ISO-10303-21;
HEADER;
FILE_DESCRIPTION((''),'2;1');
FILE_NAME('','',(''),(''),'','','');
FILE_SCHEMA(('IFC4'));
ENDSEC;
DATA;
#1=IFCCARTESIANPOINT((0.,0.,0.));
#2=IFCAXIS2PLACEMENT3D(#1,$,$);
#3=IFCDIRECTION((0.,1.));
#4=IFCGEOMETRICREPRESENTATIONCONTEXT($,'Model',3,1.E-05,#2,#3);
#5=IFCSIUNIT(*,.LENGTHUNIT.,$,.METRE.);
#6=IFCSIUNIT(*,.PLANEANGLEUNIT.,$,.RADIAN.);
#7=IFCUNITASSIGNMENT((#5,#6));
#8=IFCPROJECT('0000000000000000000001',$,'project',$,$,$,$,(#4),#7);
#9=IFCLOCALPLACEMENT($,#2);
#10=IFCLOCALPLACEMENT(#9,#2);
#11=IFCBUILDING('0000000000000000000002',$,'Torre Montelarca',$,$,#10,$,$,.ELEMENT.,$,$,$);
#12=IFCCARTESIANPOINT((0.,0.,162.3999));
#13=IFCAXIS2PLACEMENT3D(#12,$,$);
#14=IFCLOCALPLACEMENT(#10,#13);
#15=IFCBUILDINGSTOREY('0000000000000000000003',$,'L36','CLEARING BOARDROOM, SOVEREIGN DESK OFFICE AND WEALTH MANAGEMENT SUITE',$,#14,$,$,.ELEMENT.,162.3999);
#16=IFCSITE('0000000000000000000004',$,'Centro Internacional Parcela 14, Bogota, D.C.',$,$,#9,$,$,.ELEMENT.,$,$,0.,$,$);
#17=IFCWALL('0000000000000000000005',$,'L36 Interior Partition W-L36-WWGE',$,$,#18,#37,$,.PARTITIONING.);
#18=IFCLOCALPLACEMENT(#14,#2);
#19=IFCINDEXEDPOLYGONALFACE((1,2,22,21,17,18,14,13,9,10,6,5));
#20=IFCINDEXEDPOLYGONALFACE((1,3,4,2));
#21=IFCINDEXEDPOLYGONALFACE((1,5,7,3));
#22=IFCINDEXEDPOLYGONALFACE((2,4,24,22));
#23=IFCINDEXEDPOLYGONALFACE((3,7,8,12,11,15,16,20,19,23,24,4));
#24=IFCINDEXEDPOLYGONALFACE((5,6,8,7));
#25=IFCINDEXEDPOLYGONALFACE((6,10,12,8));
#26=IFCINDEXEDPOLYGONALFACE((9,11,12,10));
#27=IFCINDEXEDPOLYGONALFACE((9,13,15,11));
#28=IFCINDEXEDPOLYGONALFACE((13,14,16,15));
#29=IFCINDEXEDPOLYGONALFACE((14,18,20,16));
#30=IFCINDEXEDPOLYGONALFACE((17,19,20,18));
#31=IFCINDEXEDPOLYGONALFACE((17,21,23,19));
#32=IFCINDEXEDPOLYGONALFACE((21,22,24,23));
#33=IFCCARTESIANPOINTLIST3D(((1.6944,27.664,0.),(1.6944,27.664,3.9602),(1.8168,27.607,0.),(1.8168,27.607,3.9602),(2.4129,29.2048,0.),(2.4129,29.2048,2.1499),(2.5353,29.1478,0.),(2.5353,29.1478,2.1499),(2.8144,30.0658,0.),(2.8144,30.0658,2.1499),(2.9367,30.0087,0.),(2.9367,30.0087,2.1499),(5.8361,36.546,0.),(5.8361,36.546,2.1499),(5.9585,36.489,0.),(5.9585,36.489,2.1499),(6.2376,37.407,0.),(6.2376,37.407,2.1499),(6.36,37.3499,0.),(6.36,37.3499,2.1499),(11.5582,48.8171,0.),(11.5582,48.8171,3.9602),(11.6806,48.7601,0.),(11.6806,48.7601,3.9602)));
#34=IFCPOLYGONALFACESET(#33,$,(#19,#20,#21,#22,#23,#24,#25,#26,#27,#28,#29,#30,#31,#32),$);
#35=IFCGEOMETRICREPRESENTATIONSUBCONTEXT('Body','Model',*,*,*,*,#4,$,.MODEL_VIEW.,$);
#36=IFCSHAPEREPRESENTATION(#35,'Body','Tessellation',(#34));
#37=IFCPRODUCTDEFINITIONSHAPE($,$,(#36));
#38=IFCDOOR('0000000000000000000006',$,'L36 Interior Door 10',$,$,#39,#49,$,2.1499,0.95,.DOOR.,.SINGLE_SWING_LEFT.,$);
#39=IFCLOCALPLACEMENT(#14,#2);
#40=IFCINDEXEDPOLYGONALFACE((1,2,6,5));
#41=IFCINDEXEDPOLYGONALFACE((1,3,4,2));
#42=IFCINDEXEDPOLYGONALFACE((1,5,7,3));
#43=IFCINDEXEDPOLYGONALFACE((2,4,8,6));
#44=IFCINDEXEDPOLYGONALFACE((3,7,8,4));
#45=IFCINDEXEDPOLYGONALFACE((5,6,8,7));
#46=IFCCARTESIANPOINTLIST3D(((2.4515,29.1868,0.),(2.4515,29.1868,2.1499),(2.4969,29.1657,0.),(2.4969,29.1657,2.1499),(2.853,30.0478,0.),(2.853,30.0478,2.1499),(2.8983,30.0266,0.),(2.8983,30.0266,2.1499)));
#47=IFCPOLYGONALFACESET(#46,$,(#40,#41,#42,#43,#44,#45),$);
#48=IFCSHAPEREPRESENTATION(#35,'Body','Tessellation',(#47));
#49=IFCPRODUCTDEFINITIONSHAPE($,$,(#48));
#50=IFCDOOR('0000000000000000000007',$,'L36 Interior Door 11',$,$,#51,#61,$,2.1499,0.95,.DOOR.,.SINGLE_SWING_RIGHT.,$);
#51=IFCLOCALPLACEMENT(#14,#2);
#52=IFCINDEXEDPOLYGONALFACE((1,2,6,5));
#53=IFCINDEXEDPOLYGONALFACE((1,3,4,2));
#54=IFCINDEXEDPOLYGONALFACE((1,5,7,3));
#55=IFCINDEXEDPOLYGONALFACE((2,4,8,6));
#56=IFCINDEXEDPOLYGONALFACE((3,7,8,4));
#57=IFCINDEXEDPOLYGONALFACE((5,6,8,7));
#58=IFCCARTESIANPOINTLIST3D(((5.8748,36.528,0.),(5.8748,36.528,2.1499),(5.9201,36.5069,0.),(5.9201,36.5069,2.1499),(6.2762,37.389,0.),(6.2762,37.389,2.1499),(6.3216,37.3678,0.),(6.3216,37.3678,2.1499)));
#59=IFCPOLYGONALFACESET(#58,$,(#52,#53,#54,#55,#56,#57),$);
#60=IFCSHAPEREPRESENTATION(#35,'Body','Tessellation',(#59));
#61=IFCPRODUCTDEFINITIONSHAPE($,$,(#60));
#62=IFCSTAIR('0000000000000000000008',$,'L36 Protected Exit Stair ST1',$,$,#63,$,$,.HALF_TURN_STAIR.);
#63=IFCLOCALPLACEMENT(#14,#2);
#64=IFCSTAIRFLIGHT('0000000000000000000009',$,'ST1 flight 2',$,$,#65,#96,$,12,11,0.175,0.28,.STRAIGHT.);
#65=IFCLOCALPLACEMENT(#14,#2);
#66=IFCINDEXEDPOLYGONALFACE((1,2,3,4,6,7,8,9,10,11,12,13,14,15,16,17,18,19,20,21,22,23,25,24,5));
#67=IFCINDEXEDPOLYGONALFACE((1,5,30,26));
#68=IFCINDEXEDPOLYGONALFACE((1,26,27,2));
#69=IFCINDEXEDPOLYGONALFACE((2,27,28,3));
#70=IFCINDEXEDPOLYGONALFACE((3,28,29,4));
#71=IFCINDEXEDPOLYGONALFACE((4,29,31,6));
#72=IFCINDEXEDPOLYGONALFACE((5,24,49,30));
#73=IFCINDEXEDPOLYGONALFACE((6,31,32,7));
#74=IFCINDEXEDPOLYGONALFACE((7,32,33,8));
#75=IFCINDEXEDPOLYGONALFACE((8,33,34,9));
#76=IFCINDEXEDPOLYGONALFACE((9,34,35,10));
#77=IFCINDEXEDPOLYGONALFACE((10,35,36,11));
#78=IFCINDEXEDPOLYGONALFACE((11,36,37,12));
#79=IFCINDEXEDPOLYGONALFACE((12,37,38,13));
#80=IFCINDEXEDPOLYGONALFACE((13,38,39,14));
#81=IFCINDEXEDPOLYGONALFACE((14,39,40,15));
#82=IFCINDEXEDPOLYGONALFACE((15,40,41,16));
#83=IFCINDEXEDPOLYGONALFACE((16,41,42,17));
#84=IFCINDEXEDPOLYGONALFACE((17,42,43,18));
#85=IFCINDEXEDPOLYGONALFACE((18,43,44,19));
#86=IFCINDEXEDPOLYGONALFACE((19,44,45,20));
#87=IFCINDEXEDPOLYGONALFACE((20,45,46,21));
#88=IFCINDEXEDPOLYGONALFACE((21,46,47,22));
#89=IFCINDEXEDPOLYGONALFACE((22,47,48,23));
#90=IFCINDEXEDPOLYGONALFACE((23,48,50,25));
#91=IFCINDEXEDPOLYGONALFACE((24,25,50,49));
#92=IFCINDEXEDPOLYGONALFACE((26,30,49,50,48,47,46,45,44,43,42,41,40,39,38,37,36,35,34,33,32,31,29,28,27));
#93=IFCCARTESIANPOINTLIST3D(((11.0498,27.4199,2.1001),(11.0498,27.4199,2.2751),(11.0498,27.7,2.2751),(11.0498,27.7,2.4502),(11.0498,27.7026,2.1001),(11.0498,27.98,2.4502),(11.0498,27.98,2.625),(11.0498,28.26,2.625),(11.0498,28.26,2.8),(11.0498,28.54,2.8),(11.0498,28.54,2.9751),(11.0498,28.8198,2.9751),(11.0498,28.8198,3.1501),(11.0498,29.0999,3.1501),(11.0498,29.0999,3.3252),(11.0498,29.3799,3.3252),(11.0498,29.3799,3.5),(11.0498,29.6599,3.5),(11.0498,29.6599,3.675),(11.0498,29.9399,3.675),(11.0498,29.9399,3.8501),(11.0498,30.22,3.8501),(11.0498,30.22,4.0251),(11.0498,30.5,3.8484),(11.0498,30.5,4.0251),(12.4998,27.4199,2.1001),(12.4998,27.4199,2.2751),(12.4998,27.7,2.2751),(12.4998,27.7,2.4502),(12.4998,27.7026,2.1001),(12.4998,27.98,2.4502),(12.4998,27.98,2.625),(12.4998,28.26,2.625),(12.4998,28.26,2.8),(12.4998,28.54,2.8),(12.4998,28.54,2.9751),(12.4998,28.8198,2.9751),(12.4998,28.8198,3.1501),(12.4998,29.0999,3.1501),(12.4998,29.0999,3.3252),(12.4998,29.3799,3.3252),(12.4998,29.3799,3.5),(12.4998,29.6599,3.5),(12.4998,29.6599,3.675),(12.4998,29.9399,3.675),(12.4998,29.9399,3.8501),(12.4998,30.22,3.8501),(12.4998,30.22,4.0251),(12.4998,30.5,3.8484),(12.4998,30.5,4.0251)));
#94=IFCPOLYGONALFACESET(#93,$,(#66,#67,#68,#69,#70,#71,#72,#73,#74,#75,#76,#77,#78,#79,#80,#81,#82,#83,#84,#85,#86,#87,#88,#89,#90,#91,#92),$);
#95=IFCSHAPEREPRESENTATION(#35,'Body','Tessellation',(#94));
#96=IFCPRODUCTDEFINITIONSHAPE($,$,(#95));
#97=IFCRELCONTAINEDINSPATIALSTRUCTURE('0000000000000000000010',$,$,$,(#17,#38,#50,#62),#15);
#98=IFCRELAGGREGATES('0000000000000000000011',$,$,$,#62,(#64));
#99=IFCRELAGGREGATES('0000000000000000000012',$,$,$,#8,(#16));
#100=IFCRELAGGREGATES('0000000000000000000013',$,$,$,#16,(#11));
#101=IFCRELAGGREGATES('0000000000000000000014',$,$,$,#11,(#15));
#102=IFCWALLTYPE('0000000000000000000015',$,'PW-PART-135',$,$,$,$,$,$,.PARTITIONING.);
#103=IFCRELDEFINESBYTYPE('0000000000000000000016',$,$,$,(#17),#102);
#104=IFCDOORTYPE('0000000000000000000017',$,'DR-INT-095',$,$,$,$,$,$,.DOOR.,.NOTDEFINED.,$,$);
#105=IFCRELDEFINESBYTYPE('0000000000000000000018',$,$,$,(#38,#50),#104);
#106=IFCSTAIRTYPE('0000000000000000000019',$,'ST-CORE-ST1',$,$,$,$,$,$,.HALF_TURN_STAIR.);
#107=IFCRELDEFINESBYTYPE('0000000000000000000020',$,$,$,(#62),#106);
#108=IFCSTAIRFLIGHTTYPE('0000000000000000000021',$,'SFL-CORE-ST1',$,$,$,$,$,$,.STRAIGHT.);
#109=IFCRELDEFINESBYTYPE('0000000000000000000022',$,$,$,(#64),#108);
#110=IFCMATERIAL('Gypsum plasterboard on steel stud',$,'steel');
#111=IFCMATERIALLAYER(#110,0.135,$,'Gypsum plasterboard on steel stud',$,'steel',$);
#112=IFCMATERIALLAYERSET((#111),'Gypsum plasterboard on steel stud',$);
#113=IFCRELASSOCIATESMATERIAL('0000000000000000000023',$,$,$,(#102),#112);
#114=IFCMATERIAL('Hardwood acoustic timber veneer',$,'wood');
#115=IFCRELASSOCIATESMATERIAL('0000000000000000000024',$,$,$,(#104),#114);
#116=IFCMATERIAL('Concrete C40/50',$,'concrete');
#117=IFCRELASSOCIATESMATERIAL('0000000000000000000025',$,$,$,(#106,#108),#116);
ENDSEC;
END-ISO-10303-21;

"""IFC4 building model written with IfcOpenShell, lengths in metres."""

from ifc_helpers import new_model, si_unit, direction, frame, frame_2d, origin, place, context, subcontext, project, spatial, polyline, rectangle, outline, extrude, source, transform, mapped, material, layer, layer_set, type_object, element, fill, aggregate, save


model = new_model("IFC4")

# Units and contexts
model_context = context("Model", 3, precision=1e-05, world=origin(), true_north=direction((0.0, 1.0)))
body_context = subcontext(model_context, "Body", "Model", "MODEL_VIEW")
ifc_project = project(units=[si_unit("LENGTHUNIT", "METRE"), si_unit("PLANEANGLEUNIT", "RADIAN")], contexts=[model_context])

# Site, building, storey
site_placement = place(None, origin())
site = spatial("IfcSite", under=ifc_project, at=site_placement, Name="Centro Internacional Parcela 14, Bogota, D.C.", CompositionType="ELEMENT", RefElevation=0.0)
building_placement = place(site_placement, origin())
building = spatial("IfcBuilding", under=site, at=building_placement, Name="Torre Montelarca", CompositionType="ELEMENT")
storey_placement = place(building_placement, frame((0.0, 0.0, 162.3999)))
storey = spatial("IfcBuildingStorey", under=building, at=storey_placement, Name="L36", Description="CLEARING BOARDROOM, SOVEREIGN DESK OFFICE AND WEALTH MANAGEMENT SUITE", CompositionType="ELEMENT", Elevation=162.3999)

# Shared definitions
ifc_material_1 = material(Name="Concrete C40/50", Category="concrete")

# Shared definitions
ifc_material_2 = material(Name="Gypsum plasterboard on steel stud", Category="steel")

# Wall, openings, doors
ifc_layer_1 = layer(ifc_material_2, 0.135, Name="Gypsum plasterboard on steel stud", Category="steel")
ifc_layer_set_1 = layer_set([ifc_layer_1], Name="Gypsum plasterboard on steel stud")
wall_type_1 = type_object("IfcWallType", Name="PW-PART-135", PredefinedType="PARTITIONING", material=ifc_layer_set_1)
ifc_material_3 = material(Name="Hardwood acoustic timber veneer", Category="wood")
door_type_1 = type_object("IfcDoorType", Name="DR-INT-095", OperationType="NOTDEFINED", PredefinedType="DOOR", material=ifc_material_3)
shared_shape_1 = source(origin(), body_context, "Body", "SweptSolid", [
    extrude(rectangle(XDim=0.95, YDim=2.1499, at=frame_2d((0.4751, 1.075))), frame((0.0, 0.0249, 0.0), z_axis=(0.0, -1.0, 0.0), x_axis=(1.0, 0.0, 0.0)), (0.0, 0.0, 1.0), 0.05),
])
wall_1_placement = place(storey_placement, frame((1.7556, 27.6355, 0.0), z_axis=(0.0, 0.0, 1.0), x_axis=(0.422616, 0.906309, 0.0)))
wall_1 = element("IfcWall", 1, at=wall_1_placement, inside=storey, type_object=wall_type_1, Name="L36 Interior Partition W-L36-WWGE", PredefinedType="PARTITIONING", context=body_context, shape_type="SweptSolid", body=[
    extrude(rectangle(XDim=23.3398, YDim=0.135, at=frame_2d((11.6699, 0.0))), origin(), (0.0, 0.0, 1.0), 3.9602),
])
opening_1_placement = place(wall_1_placement, frame((1.7, 0.0, 0.0)))
opening_1 = element("IfcOpeningElement", 2, at=opening_1_placement, cuts=wall_1, PredefinedType="OPENING", context=body_context, shape_type="SweptSolid", body=[
    extrude(rectangle(XDim=0.95, YDim=2.1499, at=frame_2d((0.4751, 1.075))), frame((0.0, 0.0776, 0.0), z_axis=(0.0, -1.0, 0.0), x_axis=(1.0, 0.0, 0.0)), (0.0, 0.0, 1.0), 0.155),
])
opening_2_placement = place(wall_1_placement, frame((9.8, 0.0, 0.0)))
opening_2 = element("IfcOpeningElement", 3, at=opening_2_placement, cuts=wall_1, PredefinedType="OPENING", context=body_context, shape_type="SweptSolid", body=[
    extrude(rectangle(XDim=0.95, YDim=2.1499, at=frame_2d((0.4751, 1.075))), frame((0.0, 0.0776, 0.0), z_axis=(0.0, -1.0, 0.0), x_axis=(1.0, 0.0, 0.0)), (0.0, 0.0, 1.0), 0.155),
])
door_1_placement = place(opening_1_placement, origin())
door_1 = element("IfcDoor", 4, at=door_1_placement, inside=storey, type_object=door_type_1, Name="L36 Interior Door 10", OperationType="SINGLE_SWING_LEFT", OverallHeight=2.1499, OverallWidth=0.95, PredefinedType="DOOR", context=body_context, shape_type="MappedRepresentation", body=[
    mapped(shared_shape_1, transform((0.0, 0.0, 0.0), scale=1.0)),
])
fill(opening_1, door_1)
door_2_placement = place(opening_2_placement, origin())
door_2 = element("IfcDoor", 5, at=door_2_placement, inside=storey, type_object=door_type_1, Name="L36 Interior Door 11", OperationType="SINGLE_SWING_RIGHT", OverallHeight=2.1499, OverallWidth=0.95, PredefinedType="DOOR", context=body_context, shape_type="MappedRepresentation", body=[
    mapped(shared_shape_1, transform((0.0, 0.0, 0.0), scale=1.0)),
])
fill(opening_2, door_2)

# Stair, stair flight
stair_type = type_object("IfcStairType", Name="ST-CORE-ST1", PredefinedType="HALF_TURN_STAIR", material=ifc_material_1)
stair_placement = place(storey_placement, origin())
stair = element("IfcStair", 6, at=stair_placement, inside=storey, type_object=stair_type, Name="L36 Protected Exit Stair ST1", PredefinedType="HALF_TURN_STAIR")
stair_flight_type = type_object("IfcStairFlightType", Name="SFL-CORE-ST1", PredefinedType="STRAIGHT", material=ifc_material_1)
stair_flight_placement = place(storey_placement, frame((11.7749, 27.4199, 2.1001), z_axis=(0.0, 0.0, 1.0), x_axis=(0.0, 1.0, 0.0)))
stair_flight = element("IfcStairFlight", 7, at=stair_flight_placement, type_object=stair_flight_type, Name="ST1 flight 2", NumberOfRisers=12, NumberOfTreads=11, PredefinedType="STRAIGHT", RiserHeight=0.175, TreadLength=0.28, context=body_context, shape_type="SweptSolid", body=[
    extrude(outline(polyline([(0.0, 0.0), (0.0, 0.175), (0.28, 0.175), (0.28, 0.3501), (0.5601, 0.3501), (0.5601, 0.5249), (0.8401, 0.5249), (0.8401, 0.7), (1.1201, 0.7), (1.1201, 0.875), (1.3999, 0.875), (1.3999, 1.05), (1.6799, 1.05), (1.6799, 1.2251), (1.96, 1.2251), (1.96, 1.3999), (2.24, 1.3999), (2.24, 1.575), (2.52, 1.575), (2.52, 1.75), (2.8, 1.75), (2.8, 1.925), (3.0801, 1.925), (3.0801, 2.1001), (3.0801, 1.7483), (0.2827, 0.0), (0.0, 0.0)])), frame((0.0, 0.7251, 0.0), z_axis=(0.0, -1.0, 0.0), x_axis=(1.0, 0.0, 0.0)), (0.0, 0.0, 1.0), 1.45),
])
aggregate(stair, [stair_flight])

save(model, "model.ifc")
